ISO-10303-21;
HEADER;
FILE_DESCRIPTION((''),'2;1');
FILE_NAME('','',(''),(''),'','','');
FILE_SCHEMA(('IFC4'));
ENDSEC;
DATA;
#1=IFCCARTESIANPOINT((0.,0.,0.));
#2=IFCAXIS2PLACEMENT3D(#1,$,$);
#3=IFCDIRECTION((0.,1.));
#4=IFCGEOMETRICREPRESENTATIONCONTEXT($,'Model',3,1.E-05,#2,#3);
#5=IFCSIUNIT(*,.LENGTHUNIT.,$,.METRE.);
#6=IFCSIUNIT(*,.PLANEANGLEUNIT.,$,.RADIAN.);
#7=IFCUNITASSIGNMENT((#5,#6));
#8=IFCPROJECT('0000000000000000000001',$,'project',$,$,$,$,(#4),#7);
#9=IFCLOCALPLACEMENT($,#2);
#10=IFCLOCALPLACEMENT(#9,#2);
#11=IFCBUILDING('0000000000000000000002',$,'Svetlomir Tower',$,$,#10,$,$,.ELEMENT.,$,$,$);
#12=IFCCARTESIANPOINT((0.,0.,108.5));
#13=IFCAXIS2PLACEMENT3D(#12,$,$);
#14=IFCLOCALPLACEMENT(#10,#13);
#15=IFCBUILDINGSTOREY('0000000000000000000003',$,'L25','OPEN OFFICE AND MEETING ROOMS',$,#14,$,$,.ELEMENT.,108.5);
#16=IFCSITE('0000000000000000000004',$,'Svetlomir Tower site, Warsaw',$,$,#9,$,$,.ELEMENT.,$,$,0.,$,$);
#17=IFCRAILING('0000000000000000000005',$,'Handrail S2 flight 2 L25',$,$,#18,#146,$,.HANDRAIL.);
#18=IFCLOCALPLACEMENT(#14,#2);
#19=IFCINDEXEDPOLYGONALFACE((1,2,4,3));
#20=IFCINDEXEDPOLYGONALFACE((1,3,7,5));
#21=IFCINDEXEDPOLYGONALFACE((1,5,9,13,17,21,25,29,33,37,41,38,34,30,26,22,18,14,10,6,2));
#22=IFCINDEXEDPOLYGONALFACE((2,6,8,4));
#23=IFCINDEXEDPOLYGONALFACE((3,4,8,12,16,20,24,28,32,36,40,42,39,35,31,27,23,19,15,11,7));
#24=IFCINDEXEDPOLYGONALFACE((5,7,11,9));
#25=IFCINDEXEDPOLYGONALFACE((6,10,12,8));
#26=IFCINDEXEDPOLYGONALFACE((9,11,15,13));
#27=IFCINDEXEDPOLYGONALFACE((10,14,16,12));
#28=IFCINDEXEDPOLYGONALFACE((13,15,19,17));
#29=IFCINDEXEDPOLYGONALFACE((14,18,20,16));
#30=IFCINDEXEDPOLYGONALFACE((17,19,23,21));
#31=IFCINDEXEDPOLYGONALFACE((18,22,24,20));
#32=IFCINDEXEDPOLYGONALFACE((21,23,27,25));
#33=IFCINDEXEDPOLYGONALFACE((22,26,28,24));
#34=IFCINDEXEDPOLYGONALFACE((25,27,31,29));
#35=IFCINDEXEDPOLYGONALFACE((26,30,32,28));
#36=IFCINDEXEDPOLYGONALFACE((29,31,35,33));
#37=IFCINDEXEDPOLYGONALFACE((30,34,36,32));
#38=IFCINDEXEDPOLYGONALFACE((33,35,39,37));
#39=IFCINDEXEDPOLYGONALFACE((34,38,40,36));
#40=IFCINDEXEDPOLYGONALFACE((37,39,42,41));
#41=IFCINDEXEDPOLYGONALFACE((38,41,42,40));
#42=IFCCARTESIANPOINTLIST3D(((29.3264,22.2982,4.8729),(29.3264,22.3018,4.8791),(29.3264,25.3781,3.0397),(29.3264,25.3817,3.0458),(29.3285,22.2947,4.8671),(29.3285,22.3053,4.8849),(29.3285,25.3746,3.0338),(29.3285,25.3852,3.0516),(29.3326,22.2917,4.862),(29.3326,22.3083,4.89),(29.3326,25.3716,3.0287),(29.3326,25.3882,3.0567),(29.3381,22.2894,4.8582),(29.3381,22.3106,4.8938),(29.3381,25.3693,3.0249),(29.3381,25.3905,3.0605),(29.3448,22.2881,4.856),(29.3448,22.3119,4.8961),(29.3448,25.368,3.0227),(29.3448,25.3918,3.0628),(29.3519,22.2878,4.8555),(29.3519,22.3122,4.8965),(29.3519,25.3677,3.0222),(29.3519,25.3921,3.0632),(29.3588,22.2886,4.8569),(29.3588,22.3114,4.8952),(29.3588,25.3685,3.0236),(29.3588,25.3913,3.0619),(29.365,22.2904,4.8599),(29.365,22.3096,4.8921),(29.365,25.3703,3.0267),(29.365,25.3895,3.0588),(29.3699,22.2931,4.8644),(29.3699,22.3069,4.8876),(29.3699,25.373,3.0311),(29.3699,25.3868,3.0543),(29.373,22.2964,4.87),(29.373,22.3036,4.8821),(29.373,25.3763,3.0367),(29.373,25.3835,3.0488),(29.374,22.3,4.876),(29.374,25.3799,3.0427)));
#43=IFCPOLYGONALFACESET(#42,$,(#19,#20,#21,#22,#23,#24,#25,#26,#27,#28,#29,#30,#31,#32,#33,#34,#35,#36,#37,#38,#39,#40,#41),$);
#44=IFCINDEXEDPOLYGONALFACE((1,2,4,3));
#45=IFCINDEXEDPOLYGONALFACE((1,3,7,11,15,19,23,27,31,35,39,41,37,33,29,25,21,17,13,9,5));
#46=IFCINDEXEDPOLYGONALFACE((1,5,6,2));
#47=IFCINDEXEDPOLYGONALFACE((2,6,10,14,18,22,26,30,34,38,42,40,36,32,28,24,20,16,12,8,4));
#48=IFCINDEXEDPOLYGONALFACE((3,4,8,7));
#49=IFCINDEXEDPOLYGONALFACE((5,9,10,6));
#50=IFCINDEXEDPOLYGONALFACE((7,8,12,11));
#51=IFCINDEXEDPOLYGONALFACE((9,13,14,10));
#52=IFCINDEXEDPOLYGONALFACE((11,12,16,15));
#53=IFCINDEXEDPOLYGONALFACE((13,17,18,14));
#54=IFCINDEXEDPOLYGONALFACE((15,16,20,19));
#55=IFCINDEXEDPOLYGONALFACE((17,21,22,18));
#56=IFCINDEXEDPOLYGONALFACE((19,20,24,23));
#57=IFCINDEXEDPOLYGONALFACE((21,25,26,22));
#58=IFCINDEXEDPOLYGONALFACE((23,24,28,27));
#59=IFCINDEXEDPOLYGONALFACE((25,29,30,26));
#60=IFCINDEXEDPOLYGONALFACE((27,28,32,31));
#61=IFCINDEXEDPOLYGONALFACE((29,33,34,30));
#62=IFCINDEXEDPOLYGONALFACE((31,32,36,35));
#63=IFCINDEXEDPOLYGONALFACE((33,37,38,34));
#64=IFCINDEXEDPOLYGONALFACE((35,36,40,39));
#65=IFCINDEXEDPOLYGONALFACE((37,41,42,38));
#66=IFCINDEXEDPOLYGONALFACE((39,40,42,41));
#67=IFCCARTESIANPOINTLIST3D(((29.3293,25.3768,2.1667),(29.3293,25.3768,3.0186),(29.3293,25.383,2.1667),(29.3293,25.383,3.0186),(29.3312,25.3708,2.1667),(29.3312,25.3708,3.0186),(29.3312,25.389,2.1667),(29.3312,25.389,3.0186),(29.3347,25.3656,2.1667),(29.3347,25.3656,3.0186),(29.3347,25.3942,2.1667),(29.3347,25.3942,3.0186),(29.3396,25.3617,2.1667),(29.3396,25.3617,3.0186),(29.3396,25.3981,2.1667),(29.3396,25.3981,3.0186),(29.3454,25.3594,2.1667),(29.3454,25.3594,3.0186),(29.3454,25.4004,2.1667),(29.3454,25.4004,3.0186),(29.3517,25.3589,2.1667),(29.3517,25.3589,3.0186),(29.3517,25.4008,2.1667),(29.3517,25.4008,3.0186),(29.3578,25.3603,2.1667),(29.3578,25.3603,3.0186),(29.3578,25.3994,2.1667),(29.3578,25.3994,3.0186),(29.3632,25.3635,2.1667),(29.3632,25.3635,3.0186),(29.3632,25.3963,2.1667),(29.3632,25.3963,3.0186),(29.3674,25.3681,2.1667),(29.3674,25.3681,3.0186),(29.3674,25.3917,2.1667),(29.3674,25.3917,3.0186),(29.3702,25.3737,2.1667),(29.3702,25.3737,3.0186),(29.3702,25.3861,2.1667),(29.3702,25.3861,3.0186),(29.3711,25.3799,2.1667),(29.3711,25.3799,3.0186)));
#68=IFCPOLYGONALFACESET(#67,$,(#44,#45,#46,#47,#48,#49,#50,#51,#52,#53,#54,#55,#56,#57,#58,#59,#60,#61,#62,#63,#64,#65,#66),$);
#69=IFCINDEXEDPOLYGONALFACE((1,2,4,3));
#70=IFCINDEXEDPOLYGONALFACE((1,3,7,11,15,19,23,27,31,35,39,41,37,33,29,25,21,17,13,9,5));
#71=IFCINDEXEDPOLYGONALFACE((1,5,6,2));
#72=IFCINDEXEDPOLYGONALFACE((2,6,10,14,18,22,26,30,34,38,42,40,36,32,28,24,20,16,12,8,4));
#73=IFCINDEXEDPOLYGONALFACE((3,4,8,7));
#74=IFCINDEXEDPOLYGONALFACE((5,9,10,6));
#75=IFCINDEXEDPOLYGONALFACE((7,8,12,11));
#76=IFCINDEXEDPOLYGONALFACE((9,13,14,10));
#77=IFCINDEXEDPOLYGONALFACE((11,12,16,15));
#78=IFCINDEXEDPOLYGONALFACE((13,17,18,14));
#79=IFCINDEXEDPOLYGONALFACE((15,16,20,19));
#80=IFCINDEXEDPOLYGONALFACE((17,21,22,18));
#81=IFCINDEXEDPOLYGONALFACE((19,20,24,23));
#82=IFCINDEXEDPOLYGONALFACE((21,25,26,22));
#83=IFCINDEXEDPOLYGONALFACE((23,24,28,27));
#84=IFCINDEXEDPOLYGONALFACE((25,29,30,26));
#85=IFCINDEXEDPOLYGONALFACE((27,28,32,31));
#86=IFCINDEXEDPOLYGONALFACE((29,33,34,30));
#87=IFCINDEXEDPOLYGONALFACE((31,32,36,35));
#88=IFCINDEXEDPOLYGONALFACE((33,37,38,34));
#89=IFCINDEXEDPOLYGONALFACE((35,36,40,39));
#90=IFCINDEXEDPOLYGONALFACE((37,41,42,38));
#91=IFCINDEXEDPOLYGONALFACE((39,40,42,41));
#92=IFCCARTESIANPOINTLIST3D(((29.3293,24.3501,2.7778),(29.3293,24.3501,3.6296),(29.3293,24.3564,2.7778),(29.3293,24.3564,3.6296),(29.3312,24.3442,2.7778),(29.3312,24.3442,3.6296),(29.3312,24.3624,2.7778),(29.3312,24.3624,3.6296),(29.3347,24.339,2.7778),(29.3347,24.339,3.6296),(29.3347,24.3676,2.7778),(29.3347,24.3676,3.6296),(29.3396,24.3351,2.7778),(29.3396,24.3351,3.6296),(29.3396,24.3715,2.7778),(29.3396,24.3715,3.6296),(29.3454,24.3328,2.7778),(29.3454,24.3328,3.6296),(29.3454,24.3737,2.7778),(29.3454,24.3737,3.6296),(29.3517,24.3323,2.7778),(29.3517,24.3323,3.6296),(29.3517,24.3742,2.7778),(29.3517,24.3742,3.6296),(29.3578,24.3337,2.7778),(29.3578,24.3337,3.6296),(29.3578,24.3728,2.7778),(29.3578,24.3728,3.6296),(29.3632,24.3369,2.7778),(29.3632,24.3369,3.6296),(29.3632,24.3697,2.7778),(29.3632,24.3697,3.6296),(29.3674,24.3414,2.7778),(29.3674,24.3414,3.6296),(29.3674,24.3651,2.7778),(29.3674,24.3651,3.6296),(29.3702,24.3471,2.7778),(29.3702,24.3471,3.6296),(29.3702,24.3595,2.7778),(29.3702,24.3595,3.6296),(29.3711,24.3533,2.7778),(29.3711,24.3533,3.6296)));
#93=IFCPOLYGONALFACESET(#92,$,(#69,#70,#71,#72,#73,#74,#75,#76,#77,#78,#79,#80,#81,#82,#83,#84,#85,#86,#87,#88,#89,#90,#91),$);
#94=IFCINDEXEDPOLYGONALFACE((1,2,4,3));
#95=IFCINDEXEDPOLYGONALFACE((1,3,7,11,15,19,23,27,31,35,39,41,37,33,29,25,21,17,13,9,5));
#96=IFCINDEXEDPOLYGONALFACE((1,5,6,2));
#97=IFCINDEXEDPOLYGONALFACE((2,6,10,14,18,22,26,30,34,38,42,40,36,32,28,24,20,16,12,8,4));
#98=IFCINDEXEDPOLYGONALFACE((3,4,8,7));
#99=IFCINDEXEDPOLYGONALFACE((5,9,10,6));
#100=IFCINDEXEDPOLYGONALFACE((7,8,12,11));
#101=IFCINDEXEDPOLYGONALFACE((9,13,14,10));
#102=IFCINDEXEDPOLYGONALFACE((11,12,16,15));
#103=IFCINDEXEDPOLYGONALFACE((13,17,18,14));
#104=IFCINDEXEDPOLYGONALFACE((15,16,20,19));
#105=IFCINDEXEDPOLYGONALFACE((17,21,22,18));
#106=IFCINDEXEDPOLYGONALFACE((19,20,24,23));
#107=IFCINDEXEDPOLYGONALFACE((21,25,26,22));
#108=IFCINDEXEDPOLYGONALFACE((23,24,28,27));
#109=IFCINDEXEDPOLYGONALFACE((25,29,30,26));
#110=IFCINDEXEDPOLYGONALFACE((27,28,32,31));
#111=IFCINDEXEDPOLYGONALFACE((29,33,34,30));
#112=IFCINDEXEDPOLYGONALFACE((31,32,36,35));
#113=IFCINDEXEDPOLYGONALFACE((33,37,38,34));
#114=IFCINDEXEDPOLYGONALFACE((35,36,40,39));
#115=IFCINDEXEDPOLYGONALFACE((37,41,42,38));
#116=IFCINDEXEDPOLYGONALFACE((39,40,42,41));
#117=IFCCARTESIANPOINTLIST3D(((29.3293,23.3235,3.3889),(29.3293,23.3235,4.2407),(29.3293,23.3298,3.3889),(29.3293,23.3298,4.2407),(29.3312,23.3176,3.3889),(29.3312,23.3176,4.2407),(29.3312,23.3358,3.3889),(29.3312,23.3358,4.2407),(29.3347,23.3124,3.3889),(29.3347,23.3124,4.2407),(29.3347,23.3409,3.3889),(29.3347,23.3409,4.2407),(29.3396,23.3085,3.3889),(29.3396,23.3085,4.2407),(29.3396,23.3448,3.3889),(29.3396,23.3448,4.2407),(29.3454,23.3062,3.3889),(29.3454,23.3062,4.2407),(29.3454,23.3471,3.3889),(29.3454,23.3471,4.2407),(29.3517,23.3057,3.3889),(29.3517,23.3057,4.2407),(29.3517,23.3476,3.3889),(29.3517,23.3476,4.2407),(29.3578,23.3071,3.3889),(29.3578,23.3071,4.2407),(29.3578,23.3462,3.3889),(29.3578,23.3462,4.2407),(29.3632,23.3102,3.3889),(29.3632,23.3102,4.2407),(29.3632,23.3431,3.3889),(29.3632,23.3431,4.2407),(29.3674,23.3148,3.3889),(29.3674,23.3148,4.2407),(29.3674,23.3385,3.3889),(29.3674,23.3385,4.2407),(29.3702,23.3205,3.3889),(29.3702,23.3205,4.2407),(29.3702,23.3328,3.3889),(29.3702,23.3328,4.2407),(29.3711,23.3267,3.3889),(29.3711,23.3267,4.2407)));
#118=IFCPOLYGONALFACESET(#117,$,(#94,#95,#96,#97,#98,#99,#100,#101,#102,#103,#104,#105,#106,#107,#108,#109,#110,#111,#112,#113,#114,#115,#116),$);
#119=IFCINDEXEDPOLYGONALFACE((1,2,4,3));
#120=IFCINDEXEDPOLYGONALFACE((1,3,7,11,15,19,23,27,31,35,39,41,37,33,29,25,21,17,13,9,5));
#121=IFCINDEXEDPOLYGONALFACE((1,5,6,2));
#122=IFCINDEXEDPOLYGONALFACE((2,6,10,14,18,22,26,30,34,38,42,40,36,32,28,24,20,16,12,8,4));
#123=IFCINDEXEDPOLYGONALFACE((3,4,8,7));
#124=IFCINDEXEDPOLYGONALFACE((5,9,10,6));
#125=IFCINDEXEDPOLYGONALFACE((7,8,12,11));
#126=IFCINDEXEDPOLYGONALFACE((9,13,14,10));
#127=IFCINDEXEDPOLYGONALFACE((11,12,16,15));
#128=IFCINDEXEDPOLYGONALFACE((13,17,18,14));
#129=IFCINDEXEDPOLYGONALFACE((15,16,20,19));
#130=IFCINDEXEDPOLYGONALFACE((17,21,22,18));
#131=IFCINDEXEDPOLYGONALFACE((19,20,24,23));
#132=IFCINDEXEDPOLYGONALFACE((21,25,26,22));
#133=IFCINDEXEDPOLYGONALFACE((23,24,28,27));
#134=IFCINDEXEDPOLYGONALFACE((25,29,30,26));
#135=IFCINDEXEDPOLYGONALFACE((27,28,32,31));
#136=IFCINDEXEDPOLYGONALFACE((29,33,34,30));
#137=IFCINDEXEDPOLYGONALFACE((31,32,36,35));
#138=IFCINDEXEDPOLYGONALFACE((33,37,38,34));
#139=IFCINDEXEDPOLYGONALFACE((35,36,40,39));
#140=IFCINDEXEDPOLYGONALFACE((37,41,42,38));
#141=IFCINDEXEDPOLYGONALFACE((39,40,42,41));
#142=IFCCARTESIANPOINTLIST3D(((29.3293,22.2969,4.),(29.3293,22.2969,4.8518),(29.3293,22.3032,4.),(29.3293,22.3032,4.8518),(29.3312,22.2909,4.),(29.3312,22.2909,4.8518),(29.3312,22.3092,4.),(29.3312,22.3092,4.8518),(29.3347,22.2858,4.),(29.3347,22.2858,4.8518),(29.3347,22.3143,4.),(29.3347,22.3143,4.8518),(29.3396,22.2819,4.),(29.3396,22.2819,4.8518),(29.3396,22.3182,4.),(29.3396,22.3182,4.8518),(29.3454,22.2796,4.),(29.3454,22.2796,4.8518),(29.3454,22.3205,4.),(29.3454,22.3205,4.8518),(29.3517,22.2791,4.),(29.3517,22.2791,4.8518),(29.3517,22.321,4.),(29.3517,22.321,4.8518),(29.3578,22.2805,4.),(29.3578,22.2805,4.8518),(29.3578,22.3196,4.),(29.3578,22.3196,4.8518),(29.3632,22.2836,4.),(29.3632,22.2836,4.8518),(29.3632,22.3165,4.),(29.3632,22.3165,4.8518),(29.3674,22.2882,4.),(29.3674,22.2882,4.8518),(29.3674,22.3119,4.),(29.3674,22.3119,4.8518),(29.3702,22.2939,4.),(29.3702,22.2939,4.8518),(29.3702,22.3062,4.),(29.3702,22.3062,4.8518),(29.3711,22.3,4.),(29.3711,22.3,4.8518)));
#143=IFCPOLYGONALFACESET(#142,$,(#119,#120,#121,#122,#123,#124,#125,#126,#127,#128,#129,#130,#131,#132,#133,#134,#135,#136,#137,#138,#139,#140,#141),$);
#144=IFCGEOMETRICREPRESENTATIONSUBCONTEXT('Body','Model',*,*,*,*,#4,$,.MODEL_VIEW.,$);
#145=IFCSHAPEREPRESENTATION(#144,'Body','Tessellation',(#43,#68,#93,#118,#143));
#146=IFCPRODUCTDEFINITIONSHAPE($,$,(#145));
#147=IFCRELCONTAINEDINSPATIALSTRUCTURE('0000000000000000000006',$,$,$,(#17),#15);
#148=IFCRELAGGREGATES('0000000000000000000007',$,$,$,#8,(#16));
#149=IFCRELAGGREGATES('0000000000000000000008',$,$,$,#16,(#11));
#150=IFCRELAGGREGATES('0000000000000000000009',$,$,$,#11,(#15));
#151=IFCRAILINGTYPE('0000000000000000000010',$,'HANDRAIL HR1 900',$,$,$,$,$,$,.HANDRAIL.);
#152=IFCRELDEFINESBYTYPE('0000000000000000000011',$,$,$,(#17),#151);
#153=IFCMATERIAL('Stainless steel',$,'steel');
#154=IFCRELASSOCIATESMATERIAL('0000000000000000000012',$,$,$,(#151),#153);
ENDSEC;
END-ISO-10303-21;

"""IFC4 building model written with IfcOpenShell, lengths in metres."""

from ifc_helpers import new_model, si_unit, direction, frame, origin, origin_2d, place, context, subcontext, project, spatial, circle, extrude, material, type_object, element, save


model = new_model("IFC4")

# Units and contexts
model_context = context("Model", 3, precision=1e-05, world=origin(), true_north=direction((0.0, 1.0)))
body_context = subcontext(model_context, "Body", "Model", "MODEL_VIEW")
ifc_project = project(units=[si_unit("LENGTHUNIT", "METRE"), si_unit("PLANEANGLEUNIT", "RADIAN")], contexts=[model_context])

# Site, building, storey
site_placement = place(None, origin())
site = spatial("IfcSite", under=ifc_project, at=site_placement, Name="Svetlomir Tower site, Warsaw", CompositionType="ELEMENT", RefElevation=0.0)
building_placement = place(site_placement, origin())
building = spatial("IfcBuilding", under=site, at=building_placement, Name="Svetlomir Tower", CompositionType="ELEMENT")
storey_placement = place(building_placement, frame((0.0, 0.0, 108.5)))
storey = spatial("IfcBuildingStorey", under=building, at=storey_placement, Name="L25", Description="OPEN OFFICE AND MEETING ROOMS", CompositionType="ELEMENT", Elevation=108.5)

# Railing
ifc_material_1 = material(Name="Stainless steel", Category="steel")
railing_type = type_object("IfcRailingType", Name="HANDRAIL HR1 900", PredefinedType="HANDRAIL", material=ifc_material_1)
railing_1_placement = place(storey_placement, frame((29.3501, 25.3799, 2.1667)))
element("IfcRailing", 1, at=railing_1_placement, inside=storey, type_object=railing_type, Name="Handrail S2 flight 2 L25", PredefinedType="HANDRAIL", context=body_context, shape_type="SweptSolid", body=[
    extrude(circle(Radius=0.0239, at=origin_2d()), frame((0.0, 0.0, 0.876), z_axis=(0.0, -0.859291, 0.511487), x_axis=(1.0, 0.0, 0.0)), (0.0, 0.0, 1.0), 3.5842),
    extrude(circle(Radius=0.021, at=origin_2d()), origin(), (0.0, 0.0, 1.0), 0.8518),
    extrude(circle(Radius=0.021, at=origin_2d()), frame((0.0, -1.0266, 0.6111)), (0.0, 0.0, 1.0), 0.8518),
    extrude(circle(Radius=0.021, at=origin_2d()), frame((0.0, -2.0532, 1.2222)), (0.0, 0.0, 1.0), 0.8518),
    extrude(circle(Radius=0.021, at=origin_2d()), frame((0.0, -3.0798, 1.8333)), (0.0, 0.0, 1.0), 0.8518),
])

save(model, "model.ifc")
